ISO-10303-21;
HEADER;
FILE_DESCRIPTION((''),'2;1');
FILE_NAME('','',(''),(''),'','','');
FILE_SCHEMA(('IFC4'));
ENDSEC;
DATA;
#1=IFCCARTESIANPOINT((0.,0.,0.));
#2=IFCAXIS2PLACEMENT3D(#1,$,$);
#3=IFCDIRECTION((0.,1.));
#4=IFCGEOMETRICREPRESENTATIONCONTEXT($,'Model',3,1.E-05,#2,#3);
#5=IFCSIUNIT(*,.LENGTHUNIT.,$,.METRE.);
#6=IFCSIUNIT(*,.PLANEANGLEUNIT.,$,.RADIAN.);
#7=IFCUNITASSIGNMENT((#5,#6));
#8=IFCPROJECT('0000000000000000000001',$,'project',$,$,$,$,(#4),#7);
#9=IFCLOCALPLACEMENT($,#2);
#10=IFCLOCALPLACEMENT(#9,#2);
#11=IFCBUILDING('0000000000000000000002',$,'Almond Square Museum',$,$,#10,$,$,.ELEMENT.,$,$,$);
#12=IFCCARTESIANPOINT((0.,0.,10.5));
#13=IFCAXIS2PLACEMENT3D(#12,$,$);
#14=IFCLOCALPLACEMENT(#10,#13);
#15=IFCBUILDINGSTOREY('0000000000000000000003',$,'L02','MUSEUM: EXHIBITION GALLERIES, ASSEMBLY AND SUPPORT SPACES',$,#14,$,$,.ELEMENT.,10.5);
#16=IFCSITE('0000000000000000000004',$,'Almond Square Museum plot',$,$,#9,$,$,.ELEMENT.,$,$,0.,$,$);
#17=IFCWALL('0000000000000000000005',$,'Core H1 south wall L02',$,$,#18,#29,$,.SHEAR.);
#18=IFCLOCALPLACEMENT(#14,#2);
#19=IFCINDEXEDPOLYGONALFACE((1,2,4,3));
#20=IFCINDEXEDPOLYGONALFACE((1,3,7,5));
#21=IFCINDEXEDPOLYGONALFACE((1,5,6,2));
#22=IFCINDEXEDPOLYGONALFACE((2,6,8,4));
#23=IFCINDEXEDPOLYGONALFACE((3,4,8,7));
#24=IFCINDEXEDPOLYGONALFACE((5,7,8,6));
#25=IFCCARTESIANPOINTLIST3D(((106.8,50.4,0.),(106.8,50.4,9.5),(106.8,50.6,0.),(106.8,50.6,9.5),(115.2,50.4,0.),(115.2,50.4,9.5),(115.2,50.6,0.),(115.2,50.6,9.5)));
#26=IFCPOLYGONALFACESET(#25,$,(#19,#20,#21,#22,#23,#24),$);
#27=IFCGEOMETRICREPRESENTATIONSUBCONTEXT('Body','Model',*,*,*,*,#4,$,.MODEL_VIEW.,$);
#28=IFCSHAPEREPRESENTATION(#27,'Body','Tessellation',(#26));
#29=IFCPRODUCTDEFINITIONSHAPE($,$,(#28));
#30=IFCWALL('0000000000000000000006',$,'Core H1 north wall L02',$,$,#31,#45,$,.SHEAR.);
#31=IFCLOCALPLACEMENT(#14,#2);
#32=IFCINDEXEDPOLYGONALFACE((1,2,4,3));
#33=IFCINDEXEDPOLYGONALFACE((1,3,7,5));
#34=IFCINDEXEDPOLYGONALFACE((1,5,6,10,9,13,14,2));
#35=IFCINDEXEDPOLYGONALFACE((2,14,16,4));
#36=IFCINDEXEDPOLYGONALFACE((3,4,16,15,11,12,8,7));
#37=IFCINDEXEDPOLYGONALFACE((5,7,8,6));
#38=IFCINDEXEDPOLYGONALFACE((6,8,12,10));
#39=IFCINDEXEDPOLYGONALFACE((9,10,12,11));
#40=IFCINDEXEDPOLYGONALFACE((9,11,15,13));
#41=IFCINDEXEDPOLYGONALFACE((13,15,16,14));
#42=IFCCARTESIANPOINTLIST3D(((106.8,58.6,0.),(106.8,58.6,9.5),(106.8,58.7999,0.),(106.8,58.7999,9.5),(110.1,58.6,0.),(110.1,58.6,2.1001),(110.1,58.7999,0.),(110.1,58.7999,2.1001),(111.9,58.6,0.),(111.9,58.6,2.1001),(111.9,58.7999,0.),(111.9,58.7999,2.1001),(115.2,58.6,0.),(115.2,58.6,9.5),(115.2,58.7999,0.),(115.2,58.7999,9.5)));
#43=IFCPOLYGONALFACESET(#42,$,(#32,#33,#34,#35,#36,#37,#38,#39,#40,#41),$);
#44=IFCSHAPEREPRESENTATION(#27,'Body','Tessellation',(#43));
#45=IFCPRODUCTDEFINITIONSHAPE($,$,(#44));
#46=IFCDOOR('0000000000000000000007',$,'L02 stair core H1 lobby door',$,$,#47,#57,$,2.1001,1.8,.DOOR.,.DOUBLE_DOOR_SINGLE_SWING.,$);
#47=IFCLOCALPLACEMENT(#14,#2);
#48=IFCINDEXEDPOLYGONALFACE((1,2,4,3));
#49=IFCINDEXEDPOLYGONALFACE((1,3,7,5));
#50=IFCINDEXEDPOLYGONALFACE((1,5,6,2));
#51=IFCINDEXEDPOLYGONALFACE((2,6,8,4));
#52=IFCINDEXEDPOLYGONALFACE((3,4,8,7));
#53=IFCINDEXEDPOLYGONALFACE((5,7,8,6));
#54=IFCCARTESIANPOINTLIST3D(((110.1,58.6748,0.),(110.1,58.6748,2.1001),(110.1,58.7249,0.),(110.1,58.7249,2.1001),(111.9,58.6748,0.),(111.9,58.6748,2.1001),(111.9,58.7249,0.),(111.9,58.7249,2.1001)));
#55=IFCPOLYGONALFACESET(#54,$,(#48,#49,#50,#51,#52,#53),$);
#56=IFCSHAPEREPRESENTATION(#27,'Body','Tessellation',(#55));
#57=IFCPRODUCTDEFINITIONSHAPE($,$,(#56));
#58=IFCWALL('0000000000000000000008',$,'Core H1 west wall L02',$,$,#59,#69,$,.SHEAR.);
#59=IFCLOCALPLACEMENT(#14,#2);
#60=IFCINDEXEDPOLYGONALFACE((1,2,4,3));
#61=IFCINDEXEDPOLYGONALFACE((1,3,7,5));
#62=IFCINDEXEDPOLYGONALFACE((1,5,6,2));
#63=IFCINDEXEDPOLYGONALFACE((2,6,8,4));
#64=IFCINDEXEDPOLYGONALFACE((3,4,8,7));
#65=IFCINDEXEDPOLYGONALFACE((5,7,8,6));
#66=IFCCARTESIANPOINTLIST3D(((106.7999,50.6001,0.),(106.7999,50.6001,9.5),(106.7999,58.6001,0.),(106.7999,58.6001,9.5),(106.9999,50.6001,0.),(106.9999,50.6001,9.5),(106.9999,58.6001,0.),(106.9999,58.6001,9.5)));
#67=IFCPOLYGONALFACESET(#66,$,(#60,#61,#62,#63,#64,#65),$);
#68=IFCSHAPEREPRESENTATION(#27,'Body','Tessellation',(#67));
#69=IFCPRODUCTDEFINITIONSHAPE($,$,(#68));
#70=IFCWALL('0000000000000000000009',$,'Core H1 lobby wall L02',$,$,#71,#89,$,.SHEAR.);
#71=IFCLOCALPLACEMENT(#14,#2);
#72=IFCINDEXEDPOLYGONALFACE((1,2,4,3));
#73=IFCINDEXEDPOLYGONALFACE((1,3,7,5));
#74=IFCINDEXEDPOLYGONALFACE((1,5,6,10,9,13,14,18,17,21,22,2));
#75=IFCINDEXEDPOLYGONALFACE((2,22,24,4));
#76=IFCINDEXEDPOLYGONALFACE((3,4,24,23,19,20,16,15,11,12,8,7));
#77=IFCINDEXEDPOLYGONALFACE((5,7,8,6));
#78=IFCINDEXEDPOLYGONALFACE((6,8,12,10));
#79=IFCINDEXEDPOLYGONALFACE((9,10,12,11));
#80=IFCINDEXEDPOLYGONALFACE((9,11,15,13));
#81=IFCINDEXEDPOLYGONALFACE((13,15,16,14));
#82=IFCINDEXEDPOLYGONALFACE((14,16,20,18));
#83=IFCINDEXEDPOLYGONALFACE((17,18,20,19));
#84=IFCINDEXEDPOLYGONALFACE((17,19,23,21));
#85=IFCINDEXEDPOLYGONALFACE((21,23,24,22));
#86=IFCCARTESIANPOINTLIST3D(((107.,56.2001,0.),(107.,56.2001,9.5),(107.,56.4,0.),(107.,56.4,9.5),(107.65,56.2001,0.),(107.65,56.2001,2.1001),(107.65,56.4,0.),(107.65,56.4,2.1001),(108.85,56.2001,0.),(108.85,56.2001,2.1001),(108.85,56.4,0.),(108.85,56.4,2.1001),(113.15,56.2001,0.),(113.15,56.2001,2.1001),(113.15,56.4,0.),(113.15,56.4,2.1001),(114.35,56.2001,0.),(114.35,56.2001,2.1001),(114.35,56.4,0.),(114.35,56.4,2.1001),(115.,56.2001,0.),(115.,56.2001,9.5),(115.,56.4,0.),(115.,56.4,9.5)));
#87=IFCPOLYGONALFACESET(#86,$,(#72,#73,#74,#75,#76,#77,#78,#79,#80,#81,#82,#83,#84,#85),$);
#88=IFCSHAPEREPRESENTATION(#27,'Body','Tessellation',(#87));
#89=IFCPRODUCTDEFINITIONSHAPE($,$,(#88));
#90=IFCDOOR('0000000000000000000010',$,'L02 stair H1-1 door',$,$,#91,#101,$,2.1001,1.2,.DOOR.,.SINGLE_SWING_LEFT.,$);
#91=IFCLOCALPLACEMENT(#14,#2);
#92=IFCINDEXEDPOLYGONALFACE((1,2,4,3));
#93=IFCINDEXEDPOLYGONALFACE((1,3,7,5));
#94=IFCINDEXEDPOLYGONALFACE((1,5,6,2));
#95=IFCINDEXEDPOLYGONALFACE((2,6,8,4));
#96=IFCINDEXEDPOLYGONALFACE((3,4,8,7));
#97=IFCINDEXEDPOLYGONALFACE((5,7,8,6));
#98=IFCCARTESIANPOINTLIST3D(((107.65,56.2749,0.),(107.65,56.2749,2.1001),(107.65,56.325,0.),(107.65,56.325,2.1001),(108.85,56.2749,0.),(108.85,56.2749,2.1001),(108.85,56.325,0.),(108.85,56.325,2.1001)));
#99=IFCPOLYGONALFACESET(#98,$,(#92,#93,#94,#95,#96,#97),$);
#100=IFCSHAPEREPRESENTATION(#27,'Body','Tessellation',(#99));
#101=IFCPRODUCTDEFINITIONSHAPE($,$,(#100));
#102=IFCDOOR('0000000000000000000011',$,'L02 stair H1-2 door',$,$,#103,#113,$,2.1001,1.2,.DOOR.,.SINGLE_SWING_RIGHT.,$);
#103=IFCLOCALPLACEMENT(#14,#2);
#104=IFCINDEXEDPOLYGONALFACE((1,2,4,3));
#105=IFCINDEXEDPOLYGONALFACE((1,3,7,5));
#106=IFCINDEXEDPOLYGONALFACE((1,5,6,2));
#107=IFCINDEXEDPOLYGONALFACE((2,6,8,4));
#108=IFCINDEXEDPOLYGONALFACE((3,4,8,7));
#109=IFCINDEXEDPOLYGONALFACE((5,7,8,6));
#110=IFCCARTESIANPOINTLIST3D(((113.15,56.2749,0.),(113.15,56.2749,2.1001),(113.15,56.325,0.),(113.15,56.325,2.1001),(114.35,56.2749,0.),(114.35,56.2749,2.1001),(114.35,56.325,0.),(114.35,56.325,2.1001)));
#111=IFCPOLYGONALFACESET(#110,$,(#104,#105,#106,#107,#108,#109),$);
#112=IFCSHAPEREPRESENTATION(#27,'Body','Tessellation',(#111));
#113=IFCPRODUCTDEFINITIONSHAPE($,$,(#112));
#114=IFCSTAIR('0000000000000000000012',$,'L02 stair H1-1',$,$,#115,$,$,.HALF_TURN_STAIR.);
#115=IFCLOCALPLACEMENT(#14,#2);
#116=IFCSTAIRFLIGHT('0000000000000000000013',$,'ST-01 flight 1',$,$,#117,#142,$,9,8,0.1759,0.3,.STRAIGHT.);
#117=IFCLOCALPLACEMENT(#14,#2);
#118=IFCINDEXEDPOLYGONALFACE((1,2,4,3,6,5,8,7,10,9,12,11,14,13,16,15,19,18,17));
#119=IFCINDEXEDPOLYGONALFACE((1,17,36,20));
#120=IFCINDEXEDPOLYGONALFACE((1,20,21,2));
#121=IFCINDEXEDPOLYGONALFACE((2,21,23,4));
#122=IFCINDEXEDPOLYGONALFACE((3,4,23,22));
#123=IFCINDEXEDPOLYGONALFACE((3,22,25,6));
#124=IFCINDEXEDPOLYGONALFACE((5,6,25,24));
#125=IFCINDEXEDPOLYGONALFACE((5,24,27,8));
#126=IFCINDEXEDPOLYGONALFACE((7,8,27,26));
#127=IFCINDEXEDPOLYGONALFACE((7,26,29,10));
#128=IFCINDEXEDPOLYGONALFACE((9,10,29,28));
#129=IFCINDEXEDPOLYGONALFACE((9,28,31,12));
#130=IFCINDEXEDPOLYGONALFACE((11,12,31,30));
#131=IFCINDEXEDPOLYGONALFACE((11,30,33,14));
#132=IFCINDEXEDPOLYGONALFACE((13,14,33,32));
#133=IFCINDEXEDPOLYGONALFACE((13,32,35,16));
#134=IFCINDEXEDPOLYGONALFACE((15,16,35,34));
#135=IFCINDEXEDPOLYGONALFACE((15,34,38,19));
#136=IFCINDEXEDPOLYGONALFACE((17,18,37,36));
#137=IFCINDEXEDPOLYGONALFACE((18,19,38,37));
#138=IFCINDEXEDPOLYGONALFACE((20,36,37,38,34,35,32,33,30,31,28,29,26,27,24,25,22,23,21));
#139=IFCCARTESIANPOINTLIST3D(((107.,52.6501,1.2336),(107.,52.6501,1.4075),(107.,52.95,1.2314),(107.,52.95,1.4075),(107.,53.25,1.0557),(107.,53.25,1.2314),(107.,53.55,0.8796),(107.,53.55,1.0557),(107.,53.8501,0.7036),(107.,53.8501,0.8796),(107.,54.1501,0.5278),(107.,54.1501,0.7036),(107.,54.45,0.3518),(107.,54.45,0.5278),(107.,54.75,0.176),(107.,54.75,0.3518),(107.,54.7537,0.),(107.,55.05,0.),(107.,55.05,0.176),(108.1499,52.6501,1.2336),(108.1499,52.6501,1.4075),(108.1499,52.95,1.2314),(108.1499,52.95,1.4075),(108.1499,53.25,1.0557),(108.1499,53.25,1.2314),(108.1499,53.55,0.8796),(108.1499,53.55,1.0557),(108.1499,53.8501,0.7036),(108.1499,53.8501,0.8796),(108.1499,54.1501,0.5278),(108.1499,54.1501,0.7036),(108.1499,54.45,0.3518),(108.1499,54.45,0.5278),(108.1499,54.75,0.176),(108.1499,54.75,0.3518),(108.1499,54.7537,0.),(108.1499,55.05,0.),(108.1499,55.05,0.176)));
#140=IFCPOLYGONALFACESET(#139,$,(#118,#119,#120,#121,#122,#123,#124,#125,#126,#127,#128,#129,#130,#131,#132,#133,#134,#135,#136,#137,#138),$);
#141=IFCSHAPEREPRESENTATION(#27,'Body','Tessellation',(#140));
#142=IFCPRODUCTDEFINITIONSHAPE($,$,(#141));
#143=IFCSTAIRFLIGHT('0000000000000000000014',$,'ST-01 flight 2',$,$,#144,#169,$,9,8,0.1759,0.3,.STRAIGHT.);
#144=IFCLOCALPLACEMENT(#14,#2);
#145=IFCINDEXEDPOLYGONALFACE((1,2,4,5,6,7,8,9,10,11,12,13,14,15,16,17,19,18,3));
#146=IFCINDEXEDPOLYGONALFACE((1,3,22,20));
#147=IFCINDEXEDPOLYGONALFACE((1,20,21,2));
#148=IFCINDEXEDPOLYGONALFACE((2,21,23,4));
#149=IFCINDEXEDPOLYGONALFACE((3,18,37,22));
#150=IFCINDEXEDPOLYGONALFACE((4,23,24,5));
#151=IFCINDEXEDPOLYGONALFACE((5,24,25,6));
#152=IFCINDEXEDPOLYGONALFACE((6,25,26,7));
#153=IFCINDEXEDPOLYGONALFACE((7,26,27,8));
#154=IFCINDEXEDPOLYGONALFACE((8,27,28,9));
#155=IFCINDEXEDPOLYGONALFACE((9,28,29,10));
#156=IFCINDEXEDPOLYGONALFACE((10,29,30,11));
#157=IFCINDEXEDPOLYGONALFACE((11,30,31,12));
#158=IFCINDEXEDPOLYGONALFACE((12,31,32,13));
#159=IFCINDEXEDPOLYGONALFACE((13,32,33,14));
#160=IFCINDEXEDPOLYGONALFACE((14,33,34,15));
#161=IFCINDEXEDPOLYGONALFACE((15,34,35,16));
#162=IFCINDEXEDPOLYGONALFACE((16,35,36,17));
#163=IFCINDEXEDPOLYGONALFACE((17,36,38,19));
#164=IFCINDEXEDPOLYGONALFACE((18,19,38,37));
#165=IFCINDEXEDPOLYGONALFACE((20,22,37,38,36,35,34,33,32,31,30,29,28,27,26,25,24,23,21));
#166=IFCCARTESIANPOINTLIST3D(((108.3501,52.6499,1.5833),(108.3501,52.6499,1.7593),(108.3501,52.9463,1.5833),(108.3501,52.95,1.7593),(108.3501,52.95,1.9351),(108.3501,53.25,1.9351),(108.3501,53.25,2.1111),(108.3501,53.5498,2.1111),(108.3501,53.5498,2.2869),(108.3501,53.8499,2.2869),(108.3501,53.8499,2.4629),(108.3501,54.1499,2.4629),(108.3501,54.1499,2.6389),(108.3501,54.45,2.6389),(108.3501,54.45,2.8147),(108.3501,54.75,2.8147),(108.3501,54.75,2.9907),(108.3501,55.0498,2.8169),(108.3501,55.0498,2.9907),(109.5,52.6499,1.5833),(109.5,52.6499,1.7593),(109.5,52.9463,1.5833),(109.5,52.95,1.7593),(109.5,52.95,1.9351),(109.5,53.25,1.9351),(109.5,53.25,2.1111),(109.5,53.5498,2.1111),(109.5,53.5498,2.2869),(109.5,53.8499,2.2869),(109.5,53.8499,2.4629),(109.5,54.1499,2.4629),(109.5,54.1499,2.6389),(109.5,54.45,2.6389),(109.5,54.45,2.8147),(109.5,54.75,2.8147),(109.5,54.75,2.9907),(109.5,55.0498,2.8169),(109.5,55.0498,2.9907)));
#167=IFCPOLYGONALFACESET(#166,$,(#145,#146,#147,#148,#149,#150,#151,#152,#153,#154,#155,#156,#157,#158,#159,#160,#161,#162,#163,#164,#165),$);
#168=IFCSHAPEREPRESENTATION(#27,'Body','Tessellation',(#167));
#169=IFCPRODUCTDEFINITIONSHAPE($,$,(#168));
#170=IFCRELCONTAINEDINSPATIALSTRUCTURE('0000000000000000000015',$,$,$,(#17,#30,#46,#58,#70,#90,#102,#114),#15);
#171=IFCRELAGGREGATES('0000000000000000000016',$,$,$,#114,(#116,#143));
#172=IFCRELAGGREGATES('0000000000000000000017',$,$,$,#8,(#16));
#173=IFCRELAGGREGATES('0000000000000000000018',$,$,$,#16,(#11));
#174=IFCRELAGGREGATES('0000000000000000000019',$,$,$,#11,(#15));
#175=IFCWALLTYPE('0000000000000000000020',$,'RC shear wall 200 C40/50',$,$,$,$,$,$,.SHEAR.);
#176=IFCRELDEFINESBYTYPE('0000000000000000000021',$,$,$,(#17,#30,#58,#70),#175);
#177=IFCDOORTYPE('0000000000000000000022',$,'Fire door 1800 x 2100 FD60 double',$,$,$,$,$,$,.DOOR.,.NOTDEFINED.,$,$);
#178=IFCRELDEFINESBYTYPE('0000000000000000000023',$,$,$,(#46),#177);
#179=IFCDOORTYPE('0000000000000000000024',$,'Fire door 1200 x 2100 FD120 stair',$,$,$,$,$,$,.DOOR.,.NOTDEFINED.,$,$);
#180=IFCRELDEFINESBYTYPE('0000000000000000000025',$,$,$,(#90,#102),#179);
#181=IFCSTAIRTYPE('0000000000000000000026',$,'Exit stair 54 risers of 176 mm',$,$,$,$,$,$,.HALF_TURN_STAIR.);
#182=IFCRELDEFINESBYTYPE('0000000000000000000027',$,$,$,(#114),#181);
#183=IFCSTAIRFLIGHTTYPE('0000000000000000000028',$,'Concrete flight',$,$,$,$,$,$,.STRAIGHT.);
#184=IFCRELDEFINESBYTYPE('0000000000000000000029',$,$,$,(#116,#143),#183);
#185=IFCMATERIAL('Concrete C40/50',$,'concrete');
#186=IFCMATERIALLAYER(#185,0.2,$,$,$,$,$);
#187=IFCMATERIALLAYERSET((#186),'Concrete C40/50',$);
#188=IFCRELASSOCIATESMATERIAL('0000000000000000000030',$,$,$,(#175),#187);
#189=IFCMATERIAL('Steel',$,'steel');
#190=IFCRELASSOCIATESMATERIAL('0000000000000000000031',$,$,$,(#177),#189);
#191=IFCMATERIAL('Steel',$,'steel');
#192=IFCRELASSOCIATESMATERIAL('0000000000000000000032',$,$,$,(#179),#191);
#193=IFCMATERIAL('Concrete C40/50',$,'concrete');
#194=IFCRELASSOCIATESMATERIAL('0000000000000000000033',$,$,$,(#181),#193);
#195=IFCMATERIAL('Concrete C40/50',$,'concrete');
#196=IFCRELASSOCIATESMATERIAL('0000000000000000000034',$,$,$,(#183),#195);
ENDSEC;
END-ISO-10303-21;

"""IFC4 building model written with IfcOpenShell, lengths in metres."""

from ifc_helpers import new_model, si_unit, direction, frame, frame_2d, origin, place, context, subcontext, project, spatial, polyline, rectangle, outline, extrude, material, layer, layer_set, type_object, element, fill, aggregate, save


model = new_model("IFC4")

# Units and contexts
model_context = context("Model", 3, precision=1e-05, world=origin(), true_north=direction((0.0, 1.0)))
body_context = subcontext(model_context, "Body", "Model", "MODEL_VIEW")
ifc_project = project(units=[si_unit("LENGTHUNIT", "METRE"), si_unit("PLANEANGLEUNIT", "RADIAN")], contexts=[model_context])

# Site, building, storey
site_placement = place(None, origin())
site = spatial("IfcSite", under=ifc_project, at=site_placement, Name="Almond Square Museum plot", CompositionType="ELEMENT", RefElevation=0.0)
building_placement = place(site_placement, origin())
building = spatial("IfcBuilding", under=site, at=building_placement, Name="Almond Square Museum", CompositionType="ELEMENT")
storey_placement = place(building_placement, frame((0.0, 0.0, 10.5)))
storey = spatial("IfcBuildingStorey", under=building, at=storey_placement, Name="L02", Description="MUSEUM: EXHIBITION GALLERIES, ASSEMBLY AND SUPPORT SPACES", CompositionType="ELEMENT", Elevation=10.5)

# Wall
ifc_material_1 = material(Name="Concrete C40/50", Category="concrete")
ifc_layer_1 = layer(ifc_material_1, 0.2)
ifc_layer_set_1 = layer_set([ifc_layer_1], Name="Concrete C40/50")
wall_type = type_object("IfcWallType", Name="RC shear wall 200 C40/50", PredefinedType="SHEAR", material=ifc_layer_set_1)
wall_1_placement = place(storey_placement, frame((106.8, 50.5, 0.0), z_axis=(0.0, 0.0, 1.0), x_axis=(1.0, 0.0, 0.0)))
element("IfcWall", 1, at=wall_1_placement, inside=storey, type_object=wall_type, Name="Core H1 south wall L02", PredefinedType="SHEAR", context=body_context, shape_type="SweptSolid", body=[
    extrude(rectangle(XDim=8.3999, YDim=0.2, at=frame_2d((4.2, 0.0))), origin(), (0.0, 0.0, 1.0), 9.5),
])

# Wall, opening, door
wall_2_placement = place(storey_placement, frame((106.8, 58.7, 0.0), z_axis=(0.0, 0.0, 1.0), x_axis=(1.0, 0.0, 0.0)))
wall_2 = element("IfcWall", 2, at=wall_2_placement, inside=storey, type_object=wall_type, Name="Core H1 north wall L02", PredefinedType="SHEAR", context=body_context, shape_type="SweptSolid", body=[
    extrude(rectangle(XDim=8.3999, YDim=0.2, at=frame_2d((4.2, 0.0))), origin(), (0.0, 0.0, 1.0), 9.5),
])
opening_1_placement = place(wall_2_placement, frame((3.3, 0.0, 0.0)))
opening_1 = element("IfcOpeningElement", 3, at=opening_1_placement, cuts=wall_2, PredefinedType="OPENING", context=body_context, shape_type="SweptSolid", body=[
    extrude(rectangle(XDim=1.8, YDim=2.1001, at=frame_2d((0.8999, 1.05))), frame((0.0, 0.1099, 0.0), z_axis=(0.0, -1.0, 0.0), x_axis=(1.0, 0.0, 0.0)), (0.0, 0.0, 1.0), 0.22),
])
ifc_material_2 = material(Name="Steel", Category="steel")
door_type_1 = type_object("IfcDoorType", Name="Fire door 1800 x 2100 FD60 double", OperationType="NOTDEFINED", PredefinedType="DOOR", material=ifc_material_2)
door_1_placement = place(opening_1_placement, origin())
door_1 = element("IfcDoor", 4, at=door_1_placement, inside=storey, type_object=door_type_1, Name="L02 stair core H1 lobby door", OperationType="DOUBLE_DOOR_SINGLE_SWING", OverallHeight=2.1001, OverallWidth=1.8, PredefinedType="DOOR", context=body_context, shape_type="SweptSolid", body=[
    extrude(rectangle(XDim=1.8, YDim=2.1001, at=frame_2d((0.8999, 1.05))), frame((0.0, 0.0249, 0.0), z_axis=(0.0, -1.0, 0.0), x_axis=(1.0, 0.0, 0.0)), (0.0, 0.0, 1.0), 0.05),
])
fill(opening_1, door_1)

# Wall
wall_3_placement = place(storey_placement, frame((106.8999, 50.6001, 0.0), z_axis=(0.0, 0.0, 1.0), x_axis=(0.0, 1.0, 0.0)))
element("IfcWall", 5, at=wall_3_placement, inside=storey, type_object=wall_type, Name="Core H1 west wall L02", PredefinedType="SHEAR", context=body_context, shape_type="SweptSolid", body=[
    extrude(rectangle(XDim=8.0, YDim=0.2, at=frame_2d((4.0, 0.0))), origin(), (0.0, 0.0, 1.0), 9.5),
])

# Wall, openings, doors
wall_4_placement = place(storey_placement, frame((107.0, 56.3, 0.0), z_axis=(0.0, 0.0, 1.0), x_axis=(1.0, 0.0, 0.0)))
wall_4 = element("IfcWall", 6, at=wall_4_placement, inside=storey, type_object=wall_type, Name="Core H1 lobby wall L02", PredefinedType="SHEAR", context=body_context, shape_type="SweptSolid", body=[
    extrude(rectangle(XDim=8.0, YDim=0.2, at=frame_2d((4.0, 0.0))), origin(), (0.0, 0.0, 1.0), 9.5),
])
opening_2_placement = place(wall_4_placement, frame((0.6499, 0.0, 0.0)))
opening_2 = element("IfcOpeningElement", 7, at=opening_2_placement, cuts=wall_4, PredefinedType="OPENING", context=body_context, shape_type="SweptSolid", body=[
    extrude(rectangle(XDim=1.2, YDim=2.1001, at=frame_2d((0.6001, 1.05))), frame((0.0, 0.1099, 0.0), z_axis=(0.0, -1.0, 0.0), x_axis=(1.0, 0.0, 0.0)), (0.0, 0.0, 1.0), 0.22),
])
opening_3_placement = place(wall_4_placement, frame((6.1499, 0.0, 0.0)))
opening_3 = element("IfcOpeningElement", 8, at=opening_3_placement, cuts=wall_4, PredefinedType="OPENING", context=body_context, shape_type="SweptSolid", body=[
    extrude(rectangle(XDim=1.2, YDim=2.1001, at=frame_2d((0.6001, 1.05))), frame((0.0, 0.1099, 0.0), z_axis=(0.0, -1.0, 0.0), x_axis=(1.0, 0.0, 0.0)), (0.0, 0.0, 1.0), 0.22),
])
ifc_material_3 = material(Name="Steel", Category="steel")
door_type_2 = type_object("IfcDoorType", Name="Fire door 1200 x 2100 FD120 stair", OperationType="NOTDEFINED", PredefinedType="DOOR", material=ifc_material_3)
door_2_placement = place(opening_2_placement, origin())
door_2 = element("IfcDoor", 9, at=door_2_placement, inside=storey, type_object=door_type_2, Name="L02 stair H1-1 door", OperationType="SINGLE_SWING_LEFT", OverallHeight=2.1001, OverallWidth=1.2, PredefinedType="DOOR", context=body_context, shape_type="SweptSolid", body=[
    extrude(rectangle(XDim=1.2, YDim=2.1001, at=frame_2d((0.6001, 1.05))), frame((0.0, 0.0249, 0.0), z_axis=(0.0, -1.0, 0.0), x_axis=(1.0, 0.0, 0.0)), (0.0, 0.0, 1.0), 0.05),
])
fill(opening_2, door_2)
door_3_placement = place(opening_3_placement, origin())
door_3 = element("IfcDoor", 10, at=door_3_placement, inside=storey, type_object=door_type_2, Name="L02 stair H1-2 door", OperationType="SINGLE_SWING_RIGHT", OverallHeight=2.1001, OverallWidth=1.2, PredefinedType="DOOR", context=body_context, shape_type="SweptSolid", body=[
    extrude(rectangle(XDim=1.2, YDim=2.1001, at=frame_2d((0.6001, 1.05))), frame((0.0, 0.0249, 0.0), z_axis=(0.0, -1.0, 0.0), x_axis=(1.0, 0.0, 0.0)), (0.0, 0.0, 1.0), 0.05),
])
fill(opening_3, door_3)

# Stair, stair flights
ifc_material_4 = material(Name="Concrete C40/50", Category="concrete")
stair_type = type_object("IfcStairType", Name="Exit stair 54 risers of 176 mm", PredefinedType="HALF_TURN_STAIR", material=ifc_material_4)
stair_placement = place(storey_placement, origin())
stair = element("IfcStair", 11, at=stair_placement, inside=storey, type_object=stair_type, Name="L02 stair H1-1", PredefinedType="HALF_TURN_STAIR")
ifc_material_5 = material(Name="Concrete C40/50", Category="concrete")
stair_flight_type = type_object("IfcStairFlightType", Name="Concrete flight", PredefinedType="STRAIGHT", material=ifc_material_5)
stair_flight_1_placement = place(storey_placement, frame((107.575, 55.05, 0.0), z_axis=(0.0, 0.0, 1.0), x_axis=(0.0, -1.0, 0.0)))
stair_flight_1 = element("IfcStairFlight", 12, at=stair_flight_1_placement, type_object=stair_flight_type, Name="ST-01 flight 1", NumberOfRisers=9, NumberOfTreads=8, PredefinedType="STRAIGHT", RiserHeight=0.1759, TreadLength=0.3, context=body_context, shape_type="SweptSolid", body=[
    extrude(outline(polyline([(0.0, 0.0), (0.0, 0.176), (0.3, 0.176), (0.3, 0.3518), (0.6001, 0.3518), (0.6001, 0.5278), (0.8999, 0.5278), (0.8999, 0.7036), (1.2, 0.7036), (1.2, 0.8796), (1.5, 0.8796), (1.5, 1.0557), (1.8, 1.0557), (1.8, 1.2314), (2.1001, 1.2314), (2.1001, 1.4075), (2.3999, 1.4075), (2.3999, 1.5833), (2.3999, 1.2336), (0.2964, 0.0), (0.0, 0.0)])), frame((0.0, 0.575, 0.0), z_axis=(0.0, -1.0, 0.0), x_axis=(1.0, 0.0, 0.0)), (0.0, 0.0, 1.0), 1.1499),
])
stair_flight_2_placement = place(storey_placement, frame((108.925, 52.6499, 1.5833), z_axis=(0.0, 0.0, 1.0), x_axis=(0.0, 1.0, 0.0)))
stair_flight_2 = element("IfcStairFlight", 13, at=stair_flight_2_placement, type_object=stair_flight_type, Name="ST-01 flight 2", NumberOfRisers=9, NumberOfTreads=8, PredefinedType="STRAIGHT", RiserHeight=0.1759, TreadLength=0.3, context=body_context, shape_type="SweptSolid", body=[
    extrude(outline(polyline([(0.0, 0.0), (0.0, 0.176), (0.3, 0.176), (0.3, 0.3518), (0.6001, 0.3518), (0.6001, 0.5278), (0.8999, 0.5278), (0.8999, 0.7036), (1.2, 0.7036), (1.2, 0.8796), (1.5, 0.8796), (1.5, 1.0557), (1.8, 1.0557), (1.8, 1.2314), (2.1001, 1.2314), (2.1001, 1.4075), (2.3999, 1.4075), (2.3999, 1.5833), (2.3999, 1.2336), (0.2964, 0.0), (0.0, 0.0)])), frame((0.0, 0.575, 0.0), z_axis=(0.0, -1.0, 0.0), x_axis=(1.0, 0.0, 0.0)), (0.0, 0.0, 1.0), 1.1499),
])
aggregate(stair, [stair_flight_1, stair_flight_2])

save(model, "model.ifc")
